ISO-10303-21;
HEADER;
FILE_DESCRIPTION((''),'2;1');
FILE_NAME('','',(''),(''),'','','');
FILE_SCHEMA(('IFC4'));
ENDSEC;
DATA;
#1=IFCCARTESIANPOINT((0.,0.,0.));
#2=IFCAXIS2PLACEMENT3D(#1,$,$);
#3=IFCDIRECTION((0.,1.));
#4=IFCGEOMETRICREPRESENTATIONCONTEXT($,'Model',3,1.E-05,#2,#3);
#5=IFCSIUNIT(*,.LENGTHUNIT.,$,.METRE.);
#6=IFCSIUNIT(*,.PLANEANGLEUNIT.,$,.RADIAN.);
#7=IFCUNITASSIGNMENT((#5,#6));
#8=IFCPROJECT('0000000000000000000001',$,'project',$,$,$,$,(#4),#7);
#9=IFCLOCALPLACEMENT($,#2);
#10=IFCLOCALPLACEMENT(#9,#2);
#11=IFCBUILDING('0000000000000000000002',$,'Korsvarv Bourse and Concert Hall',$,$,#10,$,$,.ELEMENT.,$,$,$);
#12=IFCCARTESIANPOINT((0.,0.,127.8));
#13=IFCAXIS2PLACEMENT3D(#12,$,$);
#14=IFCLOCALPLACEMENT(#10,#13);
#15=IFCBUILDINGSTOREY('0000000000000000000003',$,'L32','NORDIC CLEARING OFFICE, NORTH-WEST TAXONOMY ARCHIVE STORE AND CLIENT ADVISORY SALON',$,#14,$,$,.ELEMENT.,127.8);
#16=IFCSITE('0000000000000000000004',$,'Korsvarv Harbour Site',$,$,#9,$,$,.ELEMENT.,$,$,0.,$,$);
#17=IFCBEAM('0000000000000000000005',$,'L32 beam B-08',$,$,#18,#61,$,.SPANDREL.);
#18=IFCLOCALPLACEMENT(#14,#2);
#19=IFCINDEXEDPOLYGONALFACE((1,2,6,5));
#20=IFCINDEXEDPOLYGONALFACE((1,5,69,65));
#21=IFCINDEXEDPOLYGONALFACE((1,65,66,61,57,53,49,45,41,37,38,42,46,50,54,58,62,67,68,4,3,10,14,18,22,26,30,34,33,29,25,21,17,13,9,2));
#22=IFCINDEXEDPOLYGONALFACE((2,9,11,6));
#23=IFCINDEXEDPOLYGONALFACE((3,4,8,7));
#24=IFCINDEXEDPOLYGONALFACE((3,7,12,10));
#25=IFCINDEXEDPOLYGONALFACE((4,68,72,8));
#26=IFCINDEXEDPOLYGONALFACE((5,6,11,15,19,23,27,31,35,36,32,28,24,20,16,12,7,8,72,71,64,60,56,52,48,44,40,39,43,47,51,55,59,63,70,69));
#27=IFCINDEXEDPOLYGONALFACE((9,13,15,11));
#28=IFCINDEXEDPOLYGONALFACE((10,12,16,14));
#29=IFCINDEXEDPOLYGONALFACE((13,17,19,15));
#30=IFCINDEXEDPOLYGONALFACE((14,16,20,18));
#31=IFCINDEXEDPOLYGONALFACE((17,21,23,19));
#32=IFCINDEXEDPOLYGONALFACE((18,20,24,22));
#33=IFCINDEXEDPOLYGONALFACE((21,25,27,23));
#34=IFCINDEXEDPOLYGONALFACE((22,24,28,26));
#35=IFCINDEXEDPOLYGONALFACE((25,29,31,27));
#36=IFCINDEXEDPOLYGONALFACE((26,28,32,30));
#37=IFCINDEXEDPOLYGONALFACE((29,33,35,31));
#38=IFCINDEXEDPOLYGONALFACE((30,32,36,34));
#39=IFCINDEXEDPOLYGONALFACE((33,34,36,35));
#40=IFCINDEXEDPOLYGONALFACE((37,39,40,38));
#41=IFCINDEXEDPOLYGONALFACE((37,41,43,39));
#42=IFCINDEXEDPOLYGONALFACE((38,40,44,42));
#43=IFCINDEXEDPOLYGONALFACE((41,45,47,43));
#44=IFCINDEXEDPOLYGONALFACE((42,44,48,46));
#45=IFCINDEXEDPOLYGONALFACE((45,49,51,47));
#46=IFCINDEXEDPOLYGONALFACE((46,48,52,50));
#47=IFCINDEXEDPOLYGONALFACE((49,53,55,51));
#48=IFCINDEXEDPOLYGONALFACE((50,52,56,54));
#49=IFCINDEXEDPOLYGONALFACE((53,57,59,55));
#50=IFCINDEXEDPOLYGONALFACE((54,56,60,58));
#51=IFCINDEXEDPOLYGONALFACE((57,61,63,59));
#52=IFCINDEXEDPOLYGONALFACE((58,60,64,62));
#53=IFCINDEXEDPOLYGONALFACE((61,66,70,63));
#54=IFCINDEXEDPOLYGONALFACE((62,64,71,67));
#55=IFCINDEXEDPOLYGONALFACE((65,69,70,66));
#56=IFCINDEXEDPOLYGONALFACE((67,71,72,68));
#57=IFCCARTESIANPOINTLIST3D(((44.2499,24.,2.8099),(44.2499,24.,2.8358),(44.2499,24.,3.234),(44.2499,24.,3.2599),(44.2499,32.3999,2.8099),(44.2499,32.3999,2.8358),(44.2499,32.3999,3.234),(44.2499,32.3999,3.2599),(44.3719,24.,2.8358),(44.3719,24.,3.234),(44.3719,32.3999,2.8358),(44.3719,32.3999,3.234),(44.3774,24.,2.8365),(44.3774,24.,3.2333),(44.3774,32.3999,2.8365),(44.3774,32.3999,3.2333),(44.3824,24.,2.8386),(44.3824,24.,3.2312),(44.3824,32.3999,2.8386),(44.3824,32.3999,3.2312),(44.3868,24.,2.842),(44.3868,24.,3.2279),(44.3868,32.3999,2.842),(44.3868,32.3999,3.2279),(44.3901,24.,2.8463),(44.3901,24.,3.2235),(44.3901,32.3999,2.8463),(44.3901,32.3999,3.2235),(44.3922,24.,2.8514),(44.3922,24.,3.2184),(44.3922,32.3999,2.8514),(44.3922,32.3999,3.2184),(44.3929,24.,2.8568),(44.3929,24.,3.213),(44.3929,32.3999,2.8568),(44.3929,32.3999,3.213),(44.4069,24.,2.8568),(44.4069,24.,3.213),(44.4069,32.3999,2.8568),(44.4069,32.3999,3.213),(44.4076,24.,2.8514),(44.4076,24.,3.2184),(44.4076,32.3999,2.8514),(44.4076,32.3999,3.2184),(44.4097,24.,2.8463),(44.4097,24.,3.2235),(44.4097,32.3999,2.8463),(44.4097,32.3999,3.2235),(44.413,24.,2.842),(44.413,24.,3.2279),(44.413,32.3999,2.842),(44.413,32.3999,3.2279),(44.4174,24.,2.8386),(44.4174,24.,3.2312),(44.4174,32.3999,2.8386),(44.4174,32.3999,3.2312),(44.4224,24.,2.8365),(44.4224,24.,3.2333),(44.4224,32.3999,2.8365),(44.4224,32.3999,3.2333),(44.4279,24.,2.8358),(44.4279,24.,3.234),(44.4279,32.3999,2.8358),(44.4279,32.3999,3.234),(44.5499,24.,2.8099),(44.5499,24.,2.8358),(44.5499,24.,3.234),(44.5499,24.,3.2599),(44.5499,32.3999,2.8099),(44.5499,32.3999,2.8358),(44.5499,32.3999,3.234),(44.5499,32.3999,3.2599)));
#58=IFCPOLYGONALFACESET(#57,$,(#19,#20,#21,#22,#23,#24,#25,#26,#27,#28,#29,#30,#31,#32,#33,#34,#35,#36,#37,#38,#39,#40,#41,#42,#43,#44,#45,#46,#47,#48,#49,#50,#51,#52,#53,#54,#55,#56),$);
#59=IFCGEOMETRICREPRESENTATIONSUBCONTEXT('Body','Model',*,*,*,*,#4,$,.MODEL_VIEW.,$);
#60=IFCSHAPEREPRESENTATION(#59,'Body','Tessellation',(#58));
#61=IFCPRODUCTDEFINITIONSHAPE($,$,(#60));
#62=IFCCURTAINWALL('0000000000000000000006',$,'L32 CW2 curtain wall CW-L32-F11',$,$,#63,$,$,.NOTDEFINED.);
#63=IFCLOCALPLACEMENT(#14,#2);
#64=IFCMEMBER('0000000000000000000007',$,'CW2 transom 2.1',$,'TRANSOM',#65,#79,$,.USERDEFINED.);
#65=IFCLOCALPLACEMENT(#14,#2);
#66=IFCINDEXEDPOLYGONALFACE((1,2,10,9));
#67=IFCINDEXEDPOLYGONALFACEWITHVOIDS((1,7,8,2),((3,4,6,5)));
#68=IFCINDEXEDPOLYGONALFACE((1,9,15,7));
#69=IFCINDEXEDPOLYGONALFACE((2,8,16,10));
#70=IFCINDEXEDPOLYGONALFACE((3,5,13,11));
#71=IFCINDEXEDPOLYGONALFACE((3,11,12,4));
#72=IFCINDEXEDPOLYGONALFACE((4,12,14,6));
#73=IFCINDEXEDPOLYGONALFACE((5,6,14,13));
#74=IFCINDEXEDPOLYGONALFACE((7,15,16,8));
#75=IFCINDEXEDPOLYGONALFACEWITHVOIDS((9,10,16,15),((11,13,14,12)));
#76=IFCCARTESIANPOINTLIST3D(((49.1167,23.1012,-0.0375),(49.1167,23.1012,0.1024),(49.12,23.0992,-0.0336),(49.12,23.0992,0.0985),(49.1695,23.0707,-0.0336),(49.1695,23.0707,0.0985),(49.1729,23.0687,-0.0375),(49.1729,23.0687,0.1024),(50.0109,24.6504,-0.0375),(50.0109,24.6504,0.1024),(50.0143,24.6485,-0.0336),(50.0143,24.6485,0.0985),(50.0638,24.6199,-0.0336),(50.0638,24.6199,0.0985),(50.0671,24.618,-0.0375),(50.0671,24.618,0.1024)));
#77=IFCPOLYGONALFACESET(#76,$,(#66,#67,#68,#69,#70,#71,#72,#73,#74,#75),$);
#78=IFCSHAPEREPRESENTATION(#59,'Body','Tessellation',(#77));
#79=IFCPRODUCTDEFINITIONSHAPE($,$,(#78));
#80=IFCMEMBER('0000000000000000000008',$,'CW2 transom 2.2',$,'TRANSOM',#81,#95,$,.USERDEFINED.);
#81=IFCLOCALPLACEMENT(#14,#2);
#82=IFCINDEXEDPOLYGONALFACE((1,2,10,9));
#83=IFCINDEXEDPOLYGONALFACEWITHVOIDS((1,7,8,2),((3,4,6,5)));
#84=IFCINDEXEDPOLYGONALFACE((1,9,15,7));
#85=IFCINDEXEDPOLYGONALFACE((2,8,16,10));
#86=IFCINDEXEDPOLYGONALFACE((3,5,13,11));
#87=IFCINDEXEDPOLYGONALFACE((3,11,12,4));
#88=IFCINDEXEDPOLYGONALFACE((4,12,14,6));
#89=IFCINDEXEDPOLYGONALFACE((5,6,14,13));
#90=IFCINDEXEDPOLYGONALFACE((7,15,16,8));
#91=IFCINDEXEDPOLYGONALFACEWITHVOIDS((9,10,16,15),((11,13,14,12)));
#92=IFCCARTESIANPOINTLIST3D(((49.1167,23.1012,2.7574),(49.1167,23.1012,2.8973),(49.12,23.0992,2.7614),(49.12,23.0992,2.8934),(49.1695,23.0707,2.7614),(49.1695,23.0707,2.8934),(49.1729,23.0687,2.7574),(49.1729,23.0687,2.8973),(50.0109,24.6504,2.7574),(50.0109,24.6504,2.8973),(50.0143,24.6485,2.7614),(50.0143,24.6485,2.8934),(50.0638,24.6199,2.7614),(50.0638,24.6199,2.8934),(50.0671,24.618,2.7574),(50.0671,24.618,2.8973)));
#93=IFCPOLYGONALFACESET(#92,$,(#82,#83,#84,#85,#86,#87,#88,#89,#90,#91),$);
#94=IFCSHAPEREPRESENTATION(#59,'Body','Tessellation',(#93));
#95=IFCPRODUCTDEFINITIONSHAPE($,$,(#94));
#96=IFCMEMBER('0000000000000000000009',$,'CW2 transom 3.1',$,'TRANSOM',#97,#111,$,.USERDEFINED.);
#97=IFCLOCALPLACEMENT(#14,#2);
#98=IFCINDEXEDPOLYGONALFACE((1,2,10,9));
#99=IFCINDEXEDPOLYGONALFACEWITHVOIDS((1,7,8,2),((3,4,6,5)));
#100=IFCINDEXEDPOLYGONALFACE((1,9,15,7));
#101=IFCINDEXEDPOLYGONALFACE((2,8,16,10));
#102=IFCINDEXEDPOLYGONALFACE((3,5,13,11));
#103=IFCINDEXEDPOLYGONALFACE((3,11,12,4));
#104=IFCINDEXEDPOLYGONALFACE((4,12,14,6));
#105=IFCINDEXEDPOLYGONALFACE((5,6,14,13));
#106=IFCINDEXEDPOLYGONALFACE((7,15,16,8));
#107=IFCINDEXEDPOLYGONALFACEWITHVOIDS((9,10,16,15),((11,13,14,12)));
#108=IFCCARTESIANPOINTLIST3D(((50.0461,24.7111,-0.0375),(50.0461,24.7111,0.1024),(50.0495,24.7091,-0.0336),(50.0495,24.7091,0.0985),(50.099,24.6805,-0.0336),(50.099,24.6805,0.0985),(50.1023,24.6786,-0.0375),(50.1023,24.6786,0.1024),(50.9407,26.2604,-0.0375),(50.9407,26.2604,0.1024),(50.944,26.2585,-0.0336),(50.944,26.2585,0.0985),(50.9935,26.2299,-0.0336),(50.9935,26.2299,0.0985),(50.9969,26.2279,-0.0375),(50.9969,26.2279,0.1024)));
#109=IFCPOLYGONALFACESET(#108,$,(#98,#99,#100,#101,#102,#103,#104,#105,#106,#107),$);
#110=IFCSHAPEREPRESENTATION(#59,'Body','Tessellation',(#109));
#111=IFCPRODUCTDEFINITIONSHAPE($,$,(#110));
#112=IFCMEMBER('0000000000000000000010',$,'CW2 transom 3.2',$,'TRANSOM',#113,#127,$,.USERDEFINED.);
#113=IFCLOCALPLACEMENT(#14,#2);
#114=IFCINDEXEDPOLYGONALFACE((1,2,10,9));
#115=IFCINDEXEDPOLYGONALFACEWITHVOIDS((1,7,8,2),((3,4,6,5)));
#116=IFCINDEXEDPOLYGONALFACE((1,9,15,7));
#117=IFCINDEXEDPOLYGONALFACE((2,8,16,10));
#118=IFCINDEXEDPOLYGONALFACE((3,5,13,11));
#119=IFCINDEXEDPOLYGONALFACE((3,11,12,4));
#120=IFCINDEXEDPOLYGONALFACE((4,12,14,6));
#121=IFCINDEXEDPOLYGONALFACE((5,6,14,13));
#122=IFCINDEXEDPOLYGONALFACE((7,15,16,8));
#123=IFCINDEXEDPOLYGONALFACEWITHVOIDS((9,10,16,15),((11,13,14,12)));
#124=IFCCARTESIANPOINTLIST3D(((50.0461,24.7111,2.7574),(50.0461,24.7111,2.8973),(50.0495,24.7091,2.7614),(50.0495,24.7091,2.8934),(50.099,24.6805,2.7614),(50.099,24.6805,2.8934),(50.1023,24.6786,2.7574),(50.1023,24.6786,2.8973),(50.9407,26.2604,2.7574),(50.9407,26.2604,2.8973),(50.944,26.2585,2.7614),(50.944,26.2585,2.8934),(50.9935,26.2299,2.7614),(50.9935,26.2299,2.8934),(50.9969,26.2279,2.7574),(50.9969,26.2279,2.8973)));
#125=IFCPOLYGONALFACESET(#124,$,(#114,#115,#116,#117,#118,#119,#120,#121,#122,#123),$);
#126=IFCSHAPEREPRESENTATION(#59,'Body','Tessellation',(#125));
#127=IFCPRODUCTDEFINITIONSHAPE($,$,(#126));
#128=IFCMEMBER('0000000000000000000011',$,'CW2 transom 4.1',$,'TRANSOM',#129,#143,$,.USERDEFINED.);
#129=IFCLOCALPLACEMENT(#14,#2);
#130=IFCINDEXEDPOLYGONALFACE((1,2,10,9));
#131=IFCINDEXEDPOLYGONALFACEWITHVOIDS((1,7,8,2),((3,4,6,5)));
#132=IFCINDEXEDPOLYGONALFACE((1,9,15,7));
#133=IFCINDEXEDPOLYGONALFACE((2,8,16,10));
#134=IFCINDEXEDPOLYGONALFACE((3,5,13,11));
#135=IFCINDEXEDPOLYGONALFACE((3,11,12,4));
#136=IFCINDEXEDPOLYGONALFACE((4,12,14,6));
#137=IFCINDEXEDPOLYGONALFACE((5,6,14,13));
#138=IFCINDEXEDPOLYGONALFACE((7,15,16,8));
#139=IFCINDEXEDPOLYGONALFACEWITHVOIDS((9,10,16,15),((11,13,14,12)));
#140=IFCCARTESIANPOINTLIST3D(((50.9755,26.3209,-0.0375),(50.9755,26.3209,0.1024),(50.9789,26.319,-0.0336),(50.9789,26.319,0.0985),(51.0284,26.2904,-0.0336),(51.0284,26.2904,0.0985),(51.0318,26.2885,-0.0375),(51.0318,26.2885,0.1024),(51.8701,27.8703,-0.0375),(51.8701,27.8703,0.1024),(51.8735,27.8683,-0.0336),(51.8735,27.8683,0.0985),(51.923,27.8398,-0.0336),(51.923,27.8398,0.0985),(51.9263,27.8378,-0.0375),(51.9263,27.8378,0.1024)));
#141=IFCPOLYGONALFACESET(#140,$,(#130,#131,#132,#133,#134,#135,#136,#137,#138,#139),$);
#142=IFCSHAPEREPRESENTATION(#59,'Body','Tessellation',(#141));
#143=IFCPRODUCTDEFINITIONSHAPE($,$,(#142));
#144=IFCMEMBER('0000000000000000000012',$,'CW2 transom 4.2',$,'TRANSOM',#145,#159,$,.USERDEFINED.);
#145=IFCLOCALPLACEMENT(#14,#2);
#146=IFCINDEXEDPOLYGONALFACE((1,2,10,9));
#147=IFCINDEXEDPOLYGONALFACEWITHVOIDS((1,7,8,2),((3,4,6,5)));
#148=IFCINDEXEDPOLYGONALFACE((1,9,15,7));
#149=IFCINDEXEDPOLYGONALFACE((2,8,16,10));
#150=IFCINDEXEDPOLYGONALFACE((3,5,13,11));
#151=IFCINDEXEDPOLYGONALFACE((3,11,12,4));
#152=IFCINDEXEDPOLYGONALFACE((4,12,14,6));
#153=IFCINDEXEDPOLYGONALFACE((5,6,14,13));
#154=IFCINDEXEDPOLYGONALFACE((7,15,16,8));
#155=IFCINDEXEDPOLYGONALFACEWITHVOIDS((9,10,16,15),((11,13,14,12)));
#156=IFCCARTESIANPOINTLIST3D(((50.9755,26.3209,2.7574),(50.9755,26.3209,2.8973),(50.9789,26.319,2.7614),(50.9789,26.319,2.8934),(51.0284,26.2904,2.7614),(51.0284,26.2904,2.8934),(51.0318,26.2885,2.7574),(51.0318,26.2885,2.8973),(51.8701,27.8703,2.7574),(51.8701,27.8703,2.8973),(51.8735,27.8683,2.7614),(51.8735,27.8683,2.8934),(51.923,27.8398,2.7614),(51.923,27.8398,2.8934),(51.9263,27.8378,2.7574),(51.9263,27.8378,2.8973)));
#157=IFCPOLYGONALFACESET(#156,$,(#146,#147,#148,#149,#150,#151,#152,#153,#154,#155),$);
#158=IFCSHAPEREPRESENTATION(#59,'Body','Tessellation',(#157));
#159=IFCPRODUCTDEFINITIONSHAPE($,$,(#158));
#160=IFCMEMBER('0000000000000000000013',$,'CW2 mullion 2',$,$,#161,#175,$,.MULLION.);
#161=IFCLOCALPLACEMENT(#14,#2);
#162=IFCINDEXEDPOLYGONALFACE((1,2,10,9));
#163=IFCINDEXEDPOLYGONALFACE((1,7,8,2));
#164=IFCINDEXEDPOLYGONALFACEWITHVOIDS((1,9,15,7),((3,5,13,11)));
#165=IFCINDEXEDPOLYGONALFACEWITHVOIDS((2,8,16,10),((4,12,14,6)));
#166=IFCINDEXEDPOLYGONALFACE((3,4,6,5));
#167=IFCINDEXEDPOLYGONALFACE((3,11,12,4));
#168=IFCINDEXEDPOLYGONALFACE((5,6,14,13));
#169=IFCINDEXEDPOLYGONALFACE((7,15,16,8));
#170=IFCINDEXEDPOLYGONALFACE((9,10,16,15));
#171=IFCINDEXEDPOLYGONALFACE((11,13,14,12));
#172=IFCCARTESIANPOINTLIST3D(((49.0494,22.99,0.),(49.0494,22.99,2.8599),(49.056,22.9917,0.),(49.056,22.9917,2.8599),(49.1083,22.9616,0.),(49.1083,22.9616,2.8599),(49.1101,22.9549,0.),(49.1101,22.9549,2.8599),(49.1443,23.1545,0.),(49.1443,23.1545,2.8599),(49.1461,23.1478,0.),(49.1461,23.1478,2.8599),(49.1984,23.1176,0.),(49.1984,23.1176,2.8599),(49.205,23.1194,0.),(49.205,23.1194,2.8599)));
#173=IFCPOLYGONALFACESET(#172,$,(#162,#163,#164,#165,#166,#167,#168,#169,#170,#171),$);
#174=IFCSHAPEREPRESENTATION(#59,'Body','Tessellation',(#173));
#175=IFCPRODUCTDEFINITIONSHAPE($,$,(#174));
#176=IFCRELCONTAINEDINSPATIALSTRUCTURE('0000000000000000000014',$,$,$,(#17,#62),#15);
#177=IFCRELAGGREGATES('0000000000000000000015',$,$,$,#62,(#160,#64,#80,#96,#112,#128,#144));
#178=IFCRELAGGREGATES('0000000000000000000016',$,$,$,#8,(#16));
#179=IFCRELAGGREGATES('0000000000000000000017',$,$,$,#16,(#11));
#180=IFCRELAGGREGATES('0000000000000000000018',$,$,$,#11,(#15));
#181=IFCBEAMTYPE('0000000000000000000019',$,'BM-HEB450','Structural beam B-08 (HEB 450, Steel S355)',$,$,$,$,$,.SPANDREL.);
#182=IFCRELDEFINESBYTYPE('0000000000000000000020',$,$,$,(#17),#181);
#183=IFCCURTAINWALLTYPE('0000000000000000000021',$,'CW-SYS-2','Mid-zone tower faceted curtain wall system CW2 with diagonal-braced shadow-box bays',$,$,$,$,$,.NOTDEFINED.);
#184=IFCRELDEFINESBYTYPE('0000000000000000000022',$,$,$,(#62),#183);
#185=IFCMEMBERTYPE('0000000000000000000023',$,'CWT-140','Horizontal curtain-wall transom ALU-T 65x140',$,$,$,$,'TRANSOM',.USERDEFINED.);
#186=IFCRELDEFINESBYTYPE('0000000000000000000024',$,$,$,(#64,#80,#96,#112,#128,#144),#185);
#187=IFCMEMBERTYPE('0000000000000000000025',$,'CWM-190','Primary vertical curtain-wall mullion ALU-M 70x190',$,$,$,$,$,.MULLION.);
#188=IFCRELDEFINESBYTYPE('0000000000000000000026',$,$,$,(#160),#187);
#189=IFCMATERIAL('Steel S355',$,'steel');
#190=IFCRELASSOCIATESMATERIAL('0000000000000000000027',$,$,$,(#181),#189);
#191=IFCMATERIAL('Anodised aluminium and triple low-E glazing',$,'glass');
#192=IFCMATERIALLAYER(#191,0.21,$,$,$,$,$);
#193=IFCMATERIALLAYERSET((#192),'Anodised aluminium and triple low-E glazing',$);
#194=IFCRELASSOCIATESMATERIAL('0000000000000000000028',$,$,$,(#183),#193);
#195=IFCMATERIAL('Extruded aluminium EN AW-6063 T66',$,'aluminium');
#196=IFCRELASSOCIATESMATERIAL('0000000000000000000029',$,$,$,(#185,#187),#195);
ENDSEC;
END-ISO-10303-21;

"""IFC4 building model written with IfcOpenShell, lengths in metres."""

from ifc_helpers import new_model, si_unit, direction, frame, origin, origin_2d, place, context, subcontext, project, spatial, hollow_rectangle, i_section, extrude, source, transform, mapped, material, layer, layer_set, material_profile, profile_set, type_object, element, aggregate, save


model = new_model("IFC4")

# Units and contexts
model_context = context("Model", 3, precision=1e-05, world=origin(), true_north=direction((0.0, 1.0)))
body_context = subcontext(model_context, "Body", "Model", "MODEL_VIEW")
ifc_project = project(units=[si_unit("LENGTHUNIT", "METRE"), si_unit("PLANEANGLEUNIT", "RADIAN")], contexts=[model_context])

# Site, building, storey
site_placement = place(None, origin())
site = spatial("IfcSite", under=ifc_project, at=site_placement, Name="Korsvarv Harbour Site", CompositionType="ELEMENT", RefElevation=0.0)
building_placement = place(site_placement, origin())
building = spatial("IfcBuilding", under=site, at=building_placement, Name="Korsvarv Bourse and Concert Hall", CompositionType="ELEMENT")
storey_placement = place(building_placement, frame((0.0, 0.0, 127.8)))
storey = spatial("IfcBuildingStorey", under=building, at=storey_placement, Name="L32", Description="NORDIC CLEARING OFFICE, NORTH-WEST TAXONOMY ARCHIVE STORE AND CLIENT ADVISORY SALON", CompositionType="ELEMENT", Elevation=127.8)

# Beam
ifc_material_1 = material(Name="Steel S355", Category="steel")
ifc_material_profile_1 = material_profile(ifc_material_1, i_section(OverallWidth=0.3, OverallDepth=0.45, WebThickness=0.0139, FlangeThickness=0.0259, FilletRadius=0.021, at=origin_2d()), Name="HEB 450")
ifc_profile_set_1 = profile_set([ifc_material_profile_1], Name="Steel S355")
beam_type = type_object("IfcBeamType", Name="BM-HEB450", Description="Structural beam B-08 (HEB 450, Steel S355)", PredefinedType="SPANDREL", material=ifc_profile_set_1)
shared_shape_1 = source(origin(), body_context, "Body", "SweptSolid", [
    extrude(i_section(OverallWidth=0.3, OverallDepth=0.45, WebThickness=0.0139, FlangeThickness=0.0259, FilletRadius=0.021, at=origin_2d()), origin(), (0.0, 0.0, 1.0), 8.3999),
])
for number, where, z_axis, x_axis, name in (
    (1, (44.3999, 24.0, 3.0349), (0.0, 1.0, 0.0), (-1.0, 0.0, 0.0), "L32 beam B-08"),
):
    element("IfcBeam", number, at=place(storey_placement, frame(where, z_axis=z_axis, x_axis=x_axis)), inside=storey, type_object=beam_type, Name=name, PredefinedType="SPANDREL", context=body_context, shape_type="MappedRepresentation", body=[
        mapped(shared_shape_1, transform((0.0, 0.0, 0.0), scale=1.0)),
    ])

# Curtain wall, members
ifc_material_2 = material(Name="Anodised aluminium and triple low-E glazing", Category="glass")
ifc_layer_1 = layer(ifc_material_2, 0.21)
ifc_layer_set_1 = layer_set([ifc_layer_1], Name="Anodised aluminium and triple low-E glazing")
curtain_wall_type = type_object("IfcCurtainWallType", Name="CW-SYS-2", Description="Mid-zone tower faceted curtain wall system CW2 with diagonal-braced shadow-box bays", PredefinedType="NOTDEFINED", material=ifc_layer_set_1)
curtain_wall_placement = place(storey_placement, origin())
curtain_wall = element("IfcCurtainWall", 2, at=curtain_wall_placement, inside=storey, type_object=curtain_wall_type, Name="L32 CW2 curtain wall CW-L32-F11", PredefinedType="NOTDEFINED")
ifc_material_3 = material(Name="Extruded aluminium EN AW-6063 T66", Category="aluminium")
ifc_material_profile_2 = material_profile(ifc_material_3, hollow_rectangle(XDim=0.0649, YDim=0.1399, WallThickness=0.0039, at=origin_2d()), Name="ALU-T 65x140")
ifc_profile_set_2 = profile_set([ifc_material_profile_2], Name="Extruded aluminium EN AW-6063 T66")
member_type_1 = type_object("IfcMemberType", Name="CWT-140", Description="Horizontal curtain-wall transom ALU-T 65x140", ElementType="TRANSOM", PredefinedType="USERDEFINED", material=ifc_profile_set_2)
shared_shape_2 = source(origin(), body_context, "Body", "SweptSolid", [
    extrude(hollow_rectangle(XDim=0.0649, YDim=0.1399, WallThickness=0.0039, at=origin_2d()), origin(), (0.0, 0.0, 1.0), 1.7888),
])
member_1_placement = place(storey_placement, frame((49.1448, 23.085, 0.0325), z_axis=(0.499911, 0.866077, 0.0), x_axis=(-0.866077, 0.499911, 0.0)))
member_1 = element("IfcMember", 3, at=member_1_placement, type_object=member_type_1, Name="CW2 transom 2.1", ObjectType="TRANSOM", PredefinedType="USERDEFINED", context=body_context, shape_type="MappedRepresentation", body=[
    mapped(shared_shape_2, transform((0.0, 0.0, 0.0), scale=1.0)),
])
member_2_placement = place(storey_placement, frame((49.1448, 23.085, 2.8274), z_axis=(0.499911, 0.866077, 0.0), x_axis=(-0.866077, 0.499911, 0.0)))
member_2 = element("IfcMember", 4, at=member_2_placement, type_object=member_type_1, Name="CW2 transom 2.2", ObjectType="TRANSOM", PredefinedType="USERDEFINED", context=body_context, shape_type="MappedRepresentation", body=[
    mapped(shared_shape_2, transform((0.0, 0.0, 0.0), scale=1.0)),
])
shared_shape_3 = source(origin(), body_context, "Body", "SweptSolid", [
    extrude(hollow_rectangle(XDim=0.0649, YDim=0.1399, WallThickness=0.0039, at=origin_2d()), origin(), (0.0, 0.0, 1.0), 1.7891),
])
member_3_placement = place(storey_placement, frame((50.0742, 24.6948, 0.0325), z_axis=(0.500014, 0.866017, 0.0), x_axis=(-0.866017, 0.500014, 0.0)))
member_3 = element("IfcMember", 5, at=member_3_placement, type_object=member_type_1, Name="CW2 transom 3.1", ObjectType="TRANSOM", PredefinedType="USERDEFINED", context=body_context, shape_type="MappedRepresentation", body=[
    mapped(shared_shape_3, transform((0.0, 0.0, 0.0), scale=1.0)),
])
member_4_placement = place(storey_placement, frame((50.0742, 24.6948, 2.8274), z_axis=(0.500014, 0.866017, 0.0), x_axis=(-0.866017, 0.500014, 0.0)))
member_4 = element("IfcMember", 6, at=member_4_placement, type_object=member_type_1, Name="CW2 transom 3.2", ObjectType="TRANSOM", PredefinedType="USERDEFINED", context=body_context, shape_type="MappedRepresentation", body=[
    mapped(shared_shape_3, transform((0.0, 0.0, 0.0), scale=1.0)),
])
member_5_placement = place(storey_placement, frame((51.0037, 26.3047, 0.0325), z_axis=(0.500014, 0.866017, 0.0), x_axis=(-0.866017, 0.500014, 0.0)))
member_5 = element("IfcMember", 7, at=member_5_placement, type_object=member_type_1, Name="CW2 transom 4.1", ObjectType="TRANSOM", PredefinedType="USERDEFINED", context=body_context, shape_type="MappedRepresentation", body=[
    mapped(shared_shape_3, transform((0.0, 0.0, 0.0), scale=1.0)),
])
member_6_placement = place(storey_placement, frame((51.0037, 26.3047, 2.8274), z_axis=(0.500014, 0.866017, 0.0), x_axis=(-0.866017, 0.500014, 0.0)))
member_6 = element("IfcMember", 8, at=member_6_placement, type_object=member_type_1, Name="CW2 transom 4.2", ObjectType="TRANSOM", PredefinedType="USERDEFINED", context=body_context, shape_type="MappedRepresentation", body=[
    mapped(shared_shape_3, transform((0.0, 0.0, 0.0), scale=1.0)),
])
ifc_material_profile_3 = material_profile(ifc_material_3, hollow_rectangle(XDim=0.0701, YDim=0.1899, WallThickness=0.0049, at=origin_2d()), Name="ALU-M 70x190")
ifc_profile_set_3 = profile_set([ifc_material_profile_3], Name="Extruded aluminium EN AW-6063 T66")
member_type_2 = type_object("IfcMemberType", Name="CWM-190", Description="Primary vertical curtain-wall mullion ALU-M 70x190", PredefinedType="MULLION", material=ifc_profile_set_3)
shared_shape_4 = source(origin(), body_context, "Body", "SweptSolid", [
    extrude(hollow_rectangle(XDim=0.0701, YDim=0.1899, WallThickness=0.0049, at=origin_2d()), origin(), (0.0, 0.0, 1.0), 2.8599),
])
member_7_placement = place(storey_placement, frame((49.1272, 23.0547, 0.0), z_axis=(0.0, 0.0, 1.0), x_axis=(-0.866021, 0.500007, 0.0)))
member_7 = element("IfcMember", 9, at=member_7_placement, type_object=member_type_2, Name="CW2 mullion 2", PredefinedType="MULLION", context=body_context, shape_type="MappedRepresentation", body=[
    mapped(shared_shape_4, transform((0.0, 0.0, 0.0), scale=1.0)),
])
aggregate(curtain_wall, [member_7, member_1, member_2, member_3, member_4, member_5, member_6])

save(model, "model.ifc")
